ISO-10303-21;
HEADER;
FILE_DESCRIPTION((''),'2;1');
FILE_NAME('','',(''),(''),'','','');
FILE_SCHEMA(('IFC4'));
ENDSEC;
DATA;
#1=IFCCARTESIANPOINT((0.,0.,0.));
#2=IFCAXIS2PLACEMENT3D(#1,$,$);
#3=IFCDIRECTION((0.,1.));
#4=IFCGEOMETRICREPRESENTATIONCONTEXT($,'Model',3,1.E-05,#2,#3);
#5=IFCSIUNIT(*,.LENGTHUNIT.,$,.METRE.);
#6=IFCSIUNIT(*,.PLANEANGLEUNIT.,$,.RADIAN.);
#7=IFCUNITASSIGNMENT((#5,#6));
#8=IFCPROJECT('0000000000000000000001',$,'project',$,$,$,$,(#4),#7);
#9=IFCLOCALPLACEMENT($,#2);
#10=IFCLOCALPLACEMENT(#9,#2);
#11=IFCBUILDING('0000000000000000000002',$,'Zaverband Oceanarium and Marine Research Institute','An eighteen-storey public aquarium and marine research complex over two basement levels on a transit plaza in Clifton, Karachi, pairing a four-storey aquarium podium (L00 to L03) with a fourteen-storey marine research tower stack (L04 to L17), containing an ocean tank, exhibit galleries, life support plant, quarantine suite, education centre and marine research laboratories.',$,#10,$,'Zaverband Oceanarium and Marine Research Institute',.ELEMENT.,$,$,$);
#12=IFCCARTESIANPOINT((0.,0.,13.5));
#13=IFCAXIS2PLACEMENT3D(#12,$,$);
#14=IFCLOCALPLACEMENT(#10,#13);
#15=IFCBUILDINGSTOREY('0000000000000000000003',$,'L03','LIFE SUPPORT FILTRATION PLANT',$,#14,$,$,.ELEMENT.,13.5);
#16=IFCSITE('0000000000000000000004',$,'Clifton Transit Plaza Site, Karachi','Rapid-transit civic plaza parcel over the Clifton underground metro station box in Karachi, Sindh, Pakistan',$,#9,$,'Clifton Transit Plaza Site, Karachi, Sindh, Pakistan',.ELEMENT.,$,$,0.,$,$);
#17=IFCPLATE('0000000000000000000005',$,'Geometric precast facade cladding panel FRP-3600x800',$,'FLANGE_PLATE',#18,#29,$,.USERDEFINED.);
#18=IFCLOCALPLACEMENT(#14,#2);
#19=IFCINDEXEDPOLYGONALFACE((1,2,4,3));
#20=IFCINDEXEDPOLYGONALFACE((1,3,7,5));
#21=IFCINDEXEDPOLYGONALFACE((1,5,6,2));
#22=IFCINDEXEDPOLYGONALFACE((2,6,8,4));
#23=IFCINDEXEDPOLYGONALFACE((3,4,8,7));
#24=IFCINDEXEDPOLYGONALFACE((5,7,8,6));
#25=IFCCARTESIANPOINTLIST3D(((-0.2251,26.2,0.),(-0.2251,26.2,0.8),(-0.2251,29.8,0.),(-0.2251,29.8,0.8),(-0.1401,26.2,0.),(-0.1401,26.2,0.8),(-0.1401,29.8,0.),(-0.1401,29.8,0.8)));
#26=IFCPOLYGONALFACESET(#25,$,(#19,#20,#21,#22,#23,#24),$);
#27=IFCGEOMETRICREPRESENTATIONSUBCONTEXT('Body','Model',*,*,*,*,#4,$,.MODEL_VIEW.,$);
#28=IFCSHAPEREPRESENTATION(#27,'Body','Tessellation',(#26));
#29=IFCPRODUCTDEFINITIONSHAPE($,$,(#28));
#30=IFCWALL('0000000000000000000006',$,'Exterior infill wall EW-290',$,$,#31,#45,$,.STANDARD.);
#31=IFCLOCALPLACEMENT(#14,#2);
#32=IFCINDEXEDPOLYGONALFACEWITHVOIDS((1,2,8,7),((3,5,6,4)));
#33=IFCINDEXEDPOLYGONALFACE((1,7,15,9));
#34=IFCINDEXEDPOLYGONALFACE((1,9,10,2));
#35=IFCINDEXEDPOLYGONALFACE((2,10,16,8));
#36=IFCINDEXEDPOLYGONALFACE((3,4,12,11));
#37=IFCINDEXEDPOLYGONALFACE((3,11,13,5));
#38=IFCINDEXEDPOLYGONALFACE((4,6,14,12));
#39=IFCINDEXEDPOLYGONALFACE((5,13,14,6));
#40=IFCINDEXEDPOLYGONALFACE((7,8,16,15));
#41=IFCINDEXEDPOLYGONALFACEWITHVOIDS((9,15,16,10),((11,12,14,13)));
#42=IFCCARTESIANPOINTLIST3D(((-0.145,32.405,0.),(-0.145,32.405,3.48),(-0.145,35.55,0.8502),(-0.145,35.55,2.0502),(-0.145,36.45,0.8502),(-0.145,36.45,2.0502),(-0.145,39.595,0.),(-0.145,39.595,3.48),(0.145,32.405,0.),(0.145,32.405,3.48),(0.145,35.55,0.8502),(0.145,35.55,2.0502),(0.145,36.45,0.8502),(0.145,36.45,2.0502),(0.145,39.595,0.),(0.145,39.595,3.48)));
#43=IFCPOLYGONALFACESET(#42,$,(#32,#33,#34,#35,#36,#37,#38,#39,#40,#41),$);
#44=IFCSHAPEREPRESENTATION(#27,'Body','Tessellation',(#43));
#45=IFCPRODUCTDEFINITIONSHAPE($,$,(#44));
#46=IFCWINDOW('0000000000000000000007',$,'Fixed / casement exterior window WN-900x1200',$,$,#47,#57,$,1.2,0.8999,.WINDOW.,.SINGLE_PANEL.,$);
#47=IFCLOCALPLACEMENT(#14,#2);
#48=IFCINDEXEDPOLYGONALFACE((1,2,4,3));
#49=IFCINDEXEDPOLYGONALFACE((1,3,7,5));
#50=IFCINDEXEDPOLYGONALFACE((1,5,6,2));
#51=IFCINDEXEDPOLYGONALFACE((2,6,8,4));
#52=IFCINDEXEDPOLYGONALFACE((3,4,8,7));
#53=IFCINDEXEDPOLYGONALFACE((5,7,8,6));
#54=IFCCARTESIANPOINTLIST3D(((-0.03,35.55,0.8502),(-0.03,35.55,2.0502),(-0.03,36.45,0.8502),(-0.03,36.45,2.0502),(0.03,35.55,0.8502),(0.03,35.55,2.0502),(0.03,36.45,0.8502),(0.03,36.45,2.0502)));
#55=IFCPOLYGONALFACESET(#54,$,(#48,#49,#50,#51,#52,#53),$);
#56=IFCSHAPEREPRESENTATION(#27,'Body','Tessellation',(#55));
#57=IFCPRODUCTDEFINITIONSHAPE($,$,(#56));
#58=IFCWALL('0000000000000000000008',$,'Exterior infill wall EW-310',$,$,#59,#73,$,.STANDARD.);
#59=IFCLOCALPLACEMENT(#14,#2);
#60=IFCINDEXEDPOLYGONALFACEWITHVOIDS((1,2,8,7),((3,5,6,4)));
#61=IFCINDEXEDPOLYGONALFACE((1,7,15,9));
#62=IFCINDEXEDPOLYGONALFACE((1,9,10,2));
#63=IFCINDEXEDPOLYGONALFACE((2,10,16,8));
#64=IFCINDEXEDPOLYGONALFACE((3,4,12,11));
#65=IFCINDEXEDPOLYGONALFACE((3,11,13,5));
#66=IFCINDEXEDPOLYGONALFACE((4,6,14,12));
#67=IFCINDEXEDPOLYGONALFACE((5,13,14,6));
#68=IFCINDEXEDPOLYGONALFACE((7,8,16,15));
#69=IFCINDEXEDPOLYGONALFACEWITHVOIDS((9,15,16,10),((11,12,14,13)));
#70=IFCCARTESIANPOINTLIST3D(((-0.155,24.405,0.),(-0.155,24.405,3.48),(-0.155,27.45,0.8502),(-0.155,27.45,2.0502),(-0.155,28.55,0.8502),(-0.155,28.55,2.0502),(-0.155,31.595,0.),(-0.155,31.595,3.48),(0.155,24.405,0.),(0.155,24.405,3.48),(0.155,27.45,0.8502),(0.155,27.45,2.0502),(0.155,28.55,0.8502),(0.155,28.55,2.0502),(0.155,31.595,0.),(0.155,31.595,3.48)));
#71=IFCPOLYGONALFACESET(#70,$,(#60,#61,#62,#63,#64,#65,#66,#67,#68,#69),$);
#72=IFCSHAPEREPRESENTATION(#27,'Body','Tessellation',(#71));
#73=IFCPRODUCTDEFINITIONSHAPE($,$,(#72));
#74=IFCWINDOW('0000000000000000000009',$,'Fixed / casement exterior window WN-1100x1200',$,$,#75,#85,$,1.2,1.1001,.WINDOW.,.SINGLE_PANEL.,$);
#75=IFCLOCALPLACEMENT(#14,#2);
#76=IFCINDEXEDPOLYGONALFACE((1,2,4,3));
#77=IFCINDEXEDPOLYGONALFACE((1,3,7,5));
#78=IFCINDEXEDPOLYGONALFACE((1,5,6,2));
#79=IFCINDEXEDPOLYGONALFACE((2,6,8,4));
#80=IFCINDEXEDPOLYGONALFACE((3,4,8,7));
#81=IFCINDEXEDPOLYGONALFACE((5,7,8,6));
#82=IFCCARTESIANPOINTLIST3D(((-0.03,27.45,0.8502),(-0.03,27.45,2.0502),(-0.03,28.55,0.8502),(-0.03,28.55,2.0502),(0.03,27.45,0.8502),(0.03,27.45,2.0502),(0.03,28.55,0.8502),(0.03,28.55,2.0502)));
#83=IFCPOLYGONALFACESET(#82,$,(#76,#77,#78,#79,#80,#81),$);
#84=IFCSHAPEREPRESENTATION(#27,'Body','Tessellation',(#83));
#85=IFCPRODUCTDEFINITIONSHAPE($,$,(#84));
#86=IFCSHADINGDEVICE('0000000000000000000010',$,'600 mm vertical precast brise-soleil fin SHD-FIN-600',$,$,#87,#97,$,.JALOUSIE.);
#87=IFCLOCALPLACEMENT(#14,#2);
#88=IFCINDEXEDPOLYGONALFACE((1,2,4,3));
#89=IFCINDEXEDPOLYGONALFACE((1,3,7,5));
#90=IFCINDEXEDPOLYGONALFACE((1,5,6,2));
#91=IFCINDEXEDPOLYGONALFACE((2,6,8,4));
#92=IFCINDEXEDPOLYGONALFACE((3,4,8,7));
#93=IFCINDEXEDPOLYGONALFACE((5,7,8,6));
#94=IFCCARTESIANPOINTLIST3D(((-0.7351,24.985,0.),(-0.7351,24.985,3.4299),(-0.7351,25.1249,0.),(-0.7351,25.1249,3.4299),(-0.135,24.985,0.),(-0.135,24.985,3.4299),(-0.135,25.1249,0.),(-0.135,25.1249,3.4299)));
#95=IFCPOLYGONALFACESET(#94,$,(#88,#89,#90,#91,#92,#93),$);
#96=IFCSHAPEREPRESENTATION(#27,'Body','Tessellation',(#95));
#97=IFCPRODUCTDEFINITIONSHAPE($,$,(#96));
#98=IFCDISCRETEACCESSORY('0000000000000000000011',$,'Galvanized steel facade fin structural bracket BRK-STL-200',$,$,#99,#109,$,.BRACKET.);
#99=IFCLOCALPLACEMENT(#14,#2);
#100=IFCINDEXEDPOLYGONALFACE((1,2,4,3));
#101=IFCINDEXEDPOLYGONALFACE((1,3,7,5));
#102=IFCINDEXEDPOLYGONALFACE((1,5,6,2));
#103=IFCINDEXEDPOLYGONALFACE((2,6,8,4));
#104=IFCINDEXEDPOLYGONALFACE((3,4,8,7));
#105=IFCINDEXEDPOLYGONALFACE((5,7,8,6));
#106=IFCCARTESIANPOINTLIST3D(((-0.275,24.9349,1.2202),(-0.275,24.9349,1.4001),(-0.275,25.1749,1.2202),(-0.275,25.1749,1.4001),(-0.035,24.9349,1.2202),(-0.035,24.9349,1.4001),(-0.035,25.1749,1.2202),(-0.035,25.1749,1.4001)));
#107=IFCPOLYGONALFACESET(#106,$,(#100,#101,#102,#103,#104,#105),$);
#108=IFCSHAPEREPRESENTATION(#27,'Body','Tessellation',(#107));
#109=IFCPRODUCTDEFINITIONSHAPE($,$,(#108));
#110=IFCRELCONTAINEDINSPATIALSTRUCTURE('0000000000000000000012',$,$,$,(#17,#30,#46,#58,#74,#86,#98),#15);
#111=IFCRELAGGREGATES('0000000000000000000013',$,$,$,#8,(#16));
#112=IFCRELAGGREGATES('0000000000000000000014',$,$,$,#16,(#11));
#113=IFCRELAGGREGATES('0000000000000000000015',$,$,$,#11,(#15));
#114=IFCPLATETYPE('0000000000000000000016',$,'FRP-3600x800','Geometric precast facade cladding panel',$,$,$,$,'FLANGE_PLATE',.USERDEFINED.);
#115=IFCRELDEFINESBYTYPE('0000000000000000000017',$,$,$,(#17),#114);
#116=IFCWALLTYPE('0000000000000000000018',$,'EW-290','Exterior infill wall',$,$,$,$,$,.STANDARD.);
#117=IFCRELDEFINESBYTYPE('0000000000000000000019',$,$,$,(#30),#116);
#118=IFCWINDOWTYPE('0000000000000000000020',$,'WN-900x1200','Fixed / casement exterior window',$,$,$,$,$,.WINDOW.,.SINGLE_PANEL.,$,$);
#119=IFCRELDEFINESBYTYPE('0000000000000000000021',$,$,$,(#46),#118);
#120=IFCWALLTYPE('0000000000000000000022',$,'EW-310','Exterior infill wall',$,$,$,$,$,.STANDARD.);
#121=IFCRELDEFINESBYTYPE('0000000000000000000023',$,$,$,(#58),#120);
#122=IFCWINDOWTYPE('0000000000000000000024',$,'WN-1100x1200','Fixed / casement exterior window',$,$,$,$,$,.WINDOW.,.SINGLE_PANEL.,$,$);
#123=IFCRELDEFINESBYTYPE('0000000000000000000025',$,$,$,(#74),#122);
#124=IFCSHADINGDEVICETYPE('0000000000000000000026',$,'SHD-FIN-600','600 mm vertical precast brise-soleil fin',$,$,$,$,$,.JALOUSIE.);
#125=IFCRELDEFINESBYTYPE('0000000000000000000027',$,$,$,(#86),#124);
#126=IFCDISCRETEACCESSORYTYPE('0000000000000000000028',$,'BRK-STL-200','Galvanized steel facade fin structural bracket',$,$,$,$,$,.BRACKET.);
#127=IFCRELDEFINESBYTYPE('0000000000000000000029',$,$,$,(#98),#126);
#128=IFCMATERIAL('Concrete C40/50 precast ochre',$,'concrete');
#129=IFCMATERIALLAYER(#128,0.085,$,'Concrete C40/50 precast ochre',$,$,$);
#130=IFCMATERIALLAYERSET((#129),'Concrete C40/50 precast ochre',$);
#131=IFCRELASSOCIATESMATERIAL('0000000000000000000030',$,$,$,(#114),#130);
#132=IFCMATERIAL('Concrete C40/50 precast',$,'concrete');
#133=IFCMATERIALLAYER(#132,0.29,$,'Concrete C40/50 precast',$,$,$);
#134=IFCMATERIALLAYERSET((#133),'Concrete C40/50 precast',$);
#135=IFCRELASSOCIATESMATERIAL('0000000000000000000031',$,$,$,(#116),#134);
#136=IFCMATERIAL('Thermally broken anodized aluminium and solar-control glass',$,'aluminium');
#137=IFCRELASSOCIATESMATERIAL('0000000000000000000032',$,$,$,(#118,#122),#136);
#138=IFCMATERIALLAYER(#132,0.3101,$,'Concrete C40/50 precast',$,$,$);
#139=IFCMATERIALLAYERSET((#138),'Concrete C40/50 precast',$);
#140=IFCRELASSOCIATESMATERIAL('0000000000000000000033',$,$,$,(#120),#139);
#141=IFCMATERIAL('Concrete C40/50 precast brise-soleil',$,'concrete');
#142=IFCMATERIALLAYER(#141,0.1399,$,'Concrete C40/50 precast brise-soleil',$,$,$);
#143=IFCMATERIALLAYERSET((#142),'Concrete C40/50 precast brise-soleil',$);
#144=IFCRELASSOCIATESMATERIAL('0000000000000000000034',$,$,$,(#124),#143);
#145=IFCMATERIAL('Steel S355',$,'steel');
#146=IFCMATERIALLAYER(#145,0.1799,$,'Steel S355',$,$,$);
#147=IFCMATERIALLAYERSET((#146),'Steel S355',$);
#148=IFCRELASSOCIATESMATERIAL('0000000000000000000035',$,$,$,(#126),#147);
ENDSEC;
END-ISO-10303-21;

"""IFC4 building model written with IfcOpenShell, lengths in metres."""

from ifc_helpers import new_model, si_unit, direction, frame, frame_2d, origin, origin_2d, place, context, subcontext, project, spatial, rectangle, extrude, material, layer, layer_set, type_object, element, fill, save


model = new_model("IFC4")

# Units and contexts
model_context = context("Model", 3, precision=1e-05, world=origin(), true_north=direction((0.0, 1.0)))
body_context = subcontext(model_context, "Body", "Model", "MODEL_VIEW")
ifc_project = project(units=[si_unit("LENGTHUNIT", "METRE"), si_unit("PLANEANGLEUNIT", "RADIAN")], contexts=[model_context])

# Site, building, storey
site_placement = place(None, origin())
site = spatial("IfcSite", under=ifc_project, at=site_placement, Name="Clifton Transit Plaza Site, Karachi", Description="Rapid-transit civic plaza parcel over the Clifton underground metro station box in Karachi, Sindh, Pakistan", LongName="Clifton Transit Plaza Site, Karachi, Sindh, Pakistan", CompositionType="ELEMENT", RefElevation=0.0)
building_placement = place(site_placement, origin())
building = spatial("IfcBuilding", under=site, at=building_placement, Name="Zaverband Oceanarium and Marine Research Institute", Description="An eighteen-storey public aquarium and marine research complex over two basement levels on a transit plaza in Clifton, Karachi, pairing a four-storey aquarium podium (L00 to L03) with a fourteen-storey marine research tower stack (L04 to L17), containing an ocean tank, exhibit galleries, life support plant, quarantine suite, education centre and marine research laboratories.", LongName="Zaverband Oceanarium and Marine Research Institute", CompositionType="ELEMENT")
storey_placement = place(building_placement, frame((0.0, 0.0, 13.5)))
storey = spatial("IfcBuildingStorey", under=building, at=storey_placement, Name="L03", Description="LIFE SUPPORT FILTRATION PLANT", CompositionType="ELEMENT", Elevation=13.5)

# Plate
ifc_material_1 = material(Name="Concrete C40/50 precast ochre", Category="concrete")
ifc_layer_1 = layer(ifc_material_1, 0.085, Name="Concrete C40/50 precast ochre")
ifc_layer_set_1 = layer_set([ifc_layer_1], Name="Concrete C40/50 precast ochre")
plate_type = type_object("IfcPlateType", Name="FRP-3600x800", Description="Geometric precast facade cladding panel", ElementType="FLANGE_PLATE", PredefinedType="USERDEFINED", material=ifc_layer_set_1)
plate_placement = place(storey_placement, frame((-0.1826, 26.2, 0.0), z_axis=(0.0, 0.0, 1.0), x_axis=(0.0, 1.0, 0.0)))
element("IfcPlate", 1, at=plate_placement, inside=storey, type_object=plate_type, Name="Geometric precast facade cladding panel FRP-3600x800", ObjectType="FLANGE_PLATE", PredefinedType="USERDEFINED", context=body_context, shape_type="SweptSolid", body=[
    extrude(rectangle(XDim=3.6001, YDim=0.085, at=frame_2d((1.8, 0.0))), origin(), (0.0, 0.0, 1.0), 0.8),
])

# Walls, openings, windows
ifc_material_2 = material(Name="Concrete C40/50 precast", Category="concrete")
ifc_layer_2 = layer(ifc_material_2, 0.29, Name="Concrete C40/50 precast")
ifc_layer_set_2 = layer_set([ifc_layer_2], Name="Concrete C40/50 precast")
wall_type_1 = type_object("IfcWallType", Name="EW-290", Description="Exterior infill wall", PredefinedType="STANDARD", material=ifc_layer_set_2)
wall_1_placement = place(storey_placement, frame((0.0, 32.405, 0.0), z_axis=(0.0, 0.0, 1.0), x_axis=(0.0, 1.0, 0.0)))
wall_1 = element("IfcWall", 2, at=wall_1_placement, inside=storey, type_object=wall_type_1, Name="Exterior infill wall EW-290", PredefinedType="STANDARD", context=body_context, shape_type="SweptSolid", body=[
    extrude(rectangle(XDim=7.1899, YDim=0.29, at=frame_2d((3.595, 0.0))), origin(), (0.0, 0.0, 1.0), 3.48),
])
opening_1_placement = place(wall_1_placement, frame((3.145, 0.0, 0.8501)))
opening_1 = element("IfcOpeningElement", 3, at=opening_1_placement, cuts=wall_1, PredefinedType="OPENING", context=body_context, shape_type="SweptSolid", body=[
    extrude(rectangle(XDim=0.8999, YDim=1.2, at=frame_2d((0.45, 0.6001))), frame((0.0, 0.157, 0.0), z_axis=(0.0, -1.0, 0.0), x_axis=(1.0, 0.0, 0.0)), (0.0, 0.0, 1.0), 0.314),
])
ifc_material_3 = material(Name="Thermally broken anodized aluminium and solar-control glass", Category="aluminium")
window_type_1 = type_object("IfcWindowType", Name="WN-900x1200", Description="Fixed / casement exterior window", PartitioningType="SINGLE_PANEL", PredefinedType="WINDOW", material=ifc_material_3)
window_1_placement = place(opening_1_placement, origin())
window_1 = element("IfcWindow", 4, at=window_1_placement, inside=storey, type_object=window_type_1, Name="Fixed / casement exterior window WN-900x1200", OverallHeight=1.2, OverallWidth=0.8999, PartitioningType="SINGLE_PANEL", PredefinedType="WINDOW", context=body_context, shape_type="SweptSolid", body=[
    extrude(rectangle(XDim=0.8999, YDim=1.2, at=frame_2d((0.45, 0.6001))), frame((0.0, 0.03, 0.0), z_axis=(0.0, -1.0, 0.0), x_axis=(1.0, 0.0, 0.0)), (0.0, 0.0, 1.0), 0.0601),
])
fill(opening_1, window_1)
ifc_layer_3 = layer(ifc_material_2, 0.3101, Name="Concrete C40/50 precast")
ifc_layer_set_3 = layer_set([ifc_layer_3], Name="Concrete C40/50 precast")
wall_type_2 = type_object("IfcWallType", Name="EW-310", Description="Exterior infill wall", PredefinedType="STANDARD", material=ifc_layer_set_3)
wall_2_placement = place(storey_placement, frame((0.0, 24.405, 0.0), z_axis=(0.0, 0.0, 1.0), x_axis=(0.0, 1.0, 0.0)))
wall_2 = element("IfcWall", 5, at=wall_2_placement, inside=storey, type_object=wall_type_2, Name="Exterior infill wall EW-310", PredefinedType="STANDARD", context=body_context, shape_type="SweptSolid", body=[
    extrude(rectangle(XDim=7.1899, YDim=0.3101, at=frame_2d((3.595, 0.0))), origin(), (0.0, 0.0, 1.0), 3.48),
])
opening_2_placement = place(wall_2_placement, frame((3.0449, 0.0, 0.8501)))
opening_2 = element("IfcOpeningElement", 6, at=opening_2_placement, cuts=wall_2, PredefinedType="OPENING", context=body_context, shape_type="SweptSolid", body=[
    extrude(rectangle(XDim=1.1001, YDim=1.2, at=frame_2d((0.55, 0.6001))), frame((0.0, 0.167, 0.0), z_axis=(0.0, -1.0, 0.0), x_axis=(1.0, 0.0, 0.0)), (0.0, 0.0, 1.0), 0.334),
])
window_type_2 = type_object("IfcWindowType", Name="WN-1100x1200", Description="Fixed / casement exterior window", PartitioningType="SINGLE_PANEL", PredefinedType="WINDOW", material=ifc_material_3)
window_2_placement = place(opening_2_placement, origin())
window_2 = element("IfcWindow", 7, at=window_2_placement, inside=storey, type_object=window_type_2, Name="Fixed / casement exterior window WN-1100x1200", OverallHeight=1.2, OverallWidth=1.1001, PartitioningType="SINGLE_PANEL", PredefinedType="WINDOW", context=body_context, shape_type="SweptSolid", body=[
    extrude(rectangle(XDim=1.1001, YDim=1.2, at=frame_2d((0.55, 0.6001))), frame((0.0, 0.03, 0.0), z_axis=(0.0, -1.0, 0.0), x_axis=(1.0, 0.0, 0.0)), (0.0, 0.0, 1.0), 0.0601),
])
fill(opening_2, window_2)

# Shading device
ifc_material_4 = material(Name="Concrete C40/50 precast brise-soleil", Category="concrete")
ifc_layer_4 = layer(ifc_material_4, 0.1399, Name="Concrete C40/50 precast brise-soleil")
ifc_layer_set_4 = layer_set([ifc_layer_4], Name="Concrete C40/50 precast brise-soleil")
shading_device_type = type_object("IfcShadingDeviceType", Name="SHD-FIN-600", Description="600 mm vertical precast brise-soleil fin", PredefinedType="JALOUSIE", material=ifc_layer_set_4)
shading_device_placement = place(storey_placement, frame((-0.135, 25.0549, 0.0), z_axis=(0.0, 0.0, 1.0), x_axis=(-1.0, 0.0, 0.0)))
element("IfcShadingDevice", 8, at=shading_device_placement, inside=storey, type_object=shading_device_type, Name="600 mm vertical precast brise-soleil fin SHD-FIN-600", PredefinedType="JALOUSIE", context=body_context, shape_type="SweptSolid", body=[
    extrude(rectangle(XDim=0.6001, YDim=0.1399, at=frame_2d((0.3, 0.0))), origin(), (0.0, 0.0, 1.0), 3.4299),
])

# Discrete accessory
ifc_material_5 = material(Name="Steel S355", Category="steel")
ifc_layer_5 = layer(ifc_material_5, 0.1799, Name="Steel S355")
ifc_layer_set_5 = layer_set([ifc_layer_5], Name="Steel S355")
discrete_accessory_type = type_object("IfcDiscreteAccessoryType", Name="BRK-STL-200", Description="Galvanized steel facade fin structural bracket", PredefinedType="BRACKET", material=ifc_layer_set_5)
discrete_accessory_placement = place(storey_placement, frame((-0.155, 25.0549, 1.2202), z_axis=(0.0, 0.0, 1.0), x_axis=(1.0, 0.0, 0.0)))
element("IfcDiscreteAccessory", 9, at=discrete_accessory_placement, inside=storey, type_object=discrete_accessory_type, Name="Galvanized steel facade fin structural bracket BRK-STL-200", PredefinedType="BRACKET", context=body_context, shape_type="SweptSolid", body=[
    extrude(rectangle(XDim=0.24, YDim=0.24, at=origin_2d()), origin(), (0.0, 0.0, 1.0), 0.1799),
])

save(model, "model.ifc")
